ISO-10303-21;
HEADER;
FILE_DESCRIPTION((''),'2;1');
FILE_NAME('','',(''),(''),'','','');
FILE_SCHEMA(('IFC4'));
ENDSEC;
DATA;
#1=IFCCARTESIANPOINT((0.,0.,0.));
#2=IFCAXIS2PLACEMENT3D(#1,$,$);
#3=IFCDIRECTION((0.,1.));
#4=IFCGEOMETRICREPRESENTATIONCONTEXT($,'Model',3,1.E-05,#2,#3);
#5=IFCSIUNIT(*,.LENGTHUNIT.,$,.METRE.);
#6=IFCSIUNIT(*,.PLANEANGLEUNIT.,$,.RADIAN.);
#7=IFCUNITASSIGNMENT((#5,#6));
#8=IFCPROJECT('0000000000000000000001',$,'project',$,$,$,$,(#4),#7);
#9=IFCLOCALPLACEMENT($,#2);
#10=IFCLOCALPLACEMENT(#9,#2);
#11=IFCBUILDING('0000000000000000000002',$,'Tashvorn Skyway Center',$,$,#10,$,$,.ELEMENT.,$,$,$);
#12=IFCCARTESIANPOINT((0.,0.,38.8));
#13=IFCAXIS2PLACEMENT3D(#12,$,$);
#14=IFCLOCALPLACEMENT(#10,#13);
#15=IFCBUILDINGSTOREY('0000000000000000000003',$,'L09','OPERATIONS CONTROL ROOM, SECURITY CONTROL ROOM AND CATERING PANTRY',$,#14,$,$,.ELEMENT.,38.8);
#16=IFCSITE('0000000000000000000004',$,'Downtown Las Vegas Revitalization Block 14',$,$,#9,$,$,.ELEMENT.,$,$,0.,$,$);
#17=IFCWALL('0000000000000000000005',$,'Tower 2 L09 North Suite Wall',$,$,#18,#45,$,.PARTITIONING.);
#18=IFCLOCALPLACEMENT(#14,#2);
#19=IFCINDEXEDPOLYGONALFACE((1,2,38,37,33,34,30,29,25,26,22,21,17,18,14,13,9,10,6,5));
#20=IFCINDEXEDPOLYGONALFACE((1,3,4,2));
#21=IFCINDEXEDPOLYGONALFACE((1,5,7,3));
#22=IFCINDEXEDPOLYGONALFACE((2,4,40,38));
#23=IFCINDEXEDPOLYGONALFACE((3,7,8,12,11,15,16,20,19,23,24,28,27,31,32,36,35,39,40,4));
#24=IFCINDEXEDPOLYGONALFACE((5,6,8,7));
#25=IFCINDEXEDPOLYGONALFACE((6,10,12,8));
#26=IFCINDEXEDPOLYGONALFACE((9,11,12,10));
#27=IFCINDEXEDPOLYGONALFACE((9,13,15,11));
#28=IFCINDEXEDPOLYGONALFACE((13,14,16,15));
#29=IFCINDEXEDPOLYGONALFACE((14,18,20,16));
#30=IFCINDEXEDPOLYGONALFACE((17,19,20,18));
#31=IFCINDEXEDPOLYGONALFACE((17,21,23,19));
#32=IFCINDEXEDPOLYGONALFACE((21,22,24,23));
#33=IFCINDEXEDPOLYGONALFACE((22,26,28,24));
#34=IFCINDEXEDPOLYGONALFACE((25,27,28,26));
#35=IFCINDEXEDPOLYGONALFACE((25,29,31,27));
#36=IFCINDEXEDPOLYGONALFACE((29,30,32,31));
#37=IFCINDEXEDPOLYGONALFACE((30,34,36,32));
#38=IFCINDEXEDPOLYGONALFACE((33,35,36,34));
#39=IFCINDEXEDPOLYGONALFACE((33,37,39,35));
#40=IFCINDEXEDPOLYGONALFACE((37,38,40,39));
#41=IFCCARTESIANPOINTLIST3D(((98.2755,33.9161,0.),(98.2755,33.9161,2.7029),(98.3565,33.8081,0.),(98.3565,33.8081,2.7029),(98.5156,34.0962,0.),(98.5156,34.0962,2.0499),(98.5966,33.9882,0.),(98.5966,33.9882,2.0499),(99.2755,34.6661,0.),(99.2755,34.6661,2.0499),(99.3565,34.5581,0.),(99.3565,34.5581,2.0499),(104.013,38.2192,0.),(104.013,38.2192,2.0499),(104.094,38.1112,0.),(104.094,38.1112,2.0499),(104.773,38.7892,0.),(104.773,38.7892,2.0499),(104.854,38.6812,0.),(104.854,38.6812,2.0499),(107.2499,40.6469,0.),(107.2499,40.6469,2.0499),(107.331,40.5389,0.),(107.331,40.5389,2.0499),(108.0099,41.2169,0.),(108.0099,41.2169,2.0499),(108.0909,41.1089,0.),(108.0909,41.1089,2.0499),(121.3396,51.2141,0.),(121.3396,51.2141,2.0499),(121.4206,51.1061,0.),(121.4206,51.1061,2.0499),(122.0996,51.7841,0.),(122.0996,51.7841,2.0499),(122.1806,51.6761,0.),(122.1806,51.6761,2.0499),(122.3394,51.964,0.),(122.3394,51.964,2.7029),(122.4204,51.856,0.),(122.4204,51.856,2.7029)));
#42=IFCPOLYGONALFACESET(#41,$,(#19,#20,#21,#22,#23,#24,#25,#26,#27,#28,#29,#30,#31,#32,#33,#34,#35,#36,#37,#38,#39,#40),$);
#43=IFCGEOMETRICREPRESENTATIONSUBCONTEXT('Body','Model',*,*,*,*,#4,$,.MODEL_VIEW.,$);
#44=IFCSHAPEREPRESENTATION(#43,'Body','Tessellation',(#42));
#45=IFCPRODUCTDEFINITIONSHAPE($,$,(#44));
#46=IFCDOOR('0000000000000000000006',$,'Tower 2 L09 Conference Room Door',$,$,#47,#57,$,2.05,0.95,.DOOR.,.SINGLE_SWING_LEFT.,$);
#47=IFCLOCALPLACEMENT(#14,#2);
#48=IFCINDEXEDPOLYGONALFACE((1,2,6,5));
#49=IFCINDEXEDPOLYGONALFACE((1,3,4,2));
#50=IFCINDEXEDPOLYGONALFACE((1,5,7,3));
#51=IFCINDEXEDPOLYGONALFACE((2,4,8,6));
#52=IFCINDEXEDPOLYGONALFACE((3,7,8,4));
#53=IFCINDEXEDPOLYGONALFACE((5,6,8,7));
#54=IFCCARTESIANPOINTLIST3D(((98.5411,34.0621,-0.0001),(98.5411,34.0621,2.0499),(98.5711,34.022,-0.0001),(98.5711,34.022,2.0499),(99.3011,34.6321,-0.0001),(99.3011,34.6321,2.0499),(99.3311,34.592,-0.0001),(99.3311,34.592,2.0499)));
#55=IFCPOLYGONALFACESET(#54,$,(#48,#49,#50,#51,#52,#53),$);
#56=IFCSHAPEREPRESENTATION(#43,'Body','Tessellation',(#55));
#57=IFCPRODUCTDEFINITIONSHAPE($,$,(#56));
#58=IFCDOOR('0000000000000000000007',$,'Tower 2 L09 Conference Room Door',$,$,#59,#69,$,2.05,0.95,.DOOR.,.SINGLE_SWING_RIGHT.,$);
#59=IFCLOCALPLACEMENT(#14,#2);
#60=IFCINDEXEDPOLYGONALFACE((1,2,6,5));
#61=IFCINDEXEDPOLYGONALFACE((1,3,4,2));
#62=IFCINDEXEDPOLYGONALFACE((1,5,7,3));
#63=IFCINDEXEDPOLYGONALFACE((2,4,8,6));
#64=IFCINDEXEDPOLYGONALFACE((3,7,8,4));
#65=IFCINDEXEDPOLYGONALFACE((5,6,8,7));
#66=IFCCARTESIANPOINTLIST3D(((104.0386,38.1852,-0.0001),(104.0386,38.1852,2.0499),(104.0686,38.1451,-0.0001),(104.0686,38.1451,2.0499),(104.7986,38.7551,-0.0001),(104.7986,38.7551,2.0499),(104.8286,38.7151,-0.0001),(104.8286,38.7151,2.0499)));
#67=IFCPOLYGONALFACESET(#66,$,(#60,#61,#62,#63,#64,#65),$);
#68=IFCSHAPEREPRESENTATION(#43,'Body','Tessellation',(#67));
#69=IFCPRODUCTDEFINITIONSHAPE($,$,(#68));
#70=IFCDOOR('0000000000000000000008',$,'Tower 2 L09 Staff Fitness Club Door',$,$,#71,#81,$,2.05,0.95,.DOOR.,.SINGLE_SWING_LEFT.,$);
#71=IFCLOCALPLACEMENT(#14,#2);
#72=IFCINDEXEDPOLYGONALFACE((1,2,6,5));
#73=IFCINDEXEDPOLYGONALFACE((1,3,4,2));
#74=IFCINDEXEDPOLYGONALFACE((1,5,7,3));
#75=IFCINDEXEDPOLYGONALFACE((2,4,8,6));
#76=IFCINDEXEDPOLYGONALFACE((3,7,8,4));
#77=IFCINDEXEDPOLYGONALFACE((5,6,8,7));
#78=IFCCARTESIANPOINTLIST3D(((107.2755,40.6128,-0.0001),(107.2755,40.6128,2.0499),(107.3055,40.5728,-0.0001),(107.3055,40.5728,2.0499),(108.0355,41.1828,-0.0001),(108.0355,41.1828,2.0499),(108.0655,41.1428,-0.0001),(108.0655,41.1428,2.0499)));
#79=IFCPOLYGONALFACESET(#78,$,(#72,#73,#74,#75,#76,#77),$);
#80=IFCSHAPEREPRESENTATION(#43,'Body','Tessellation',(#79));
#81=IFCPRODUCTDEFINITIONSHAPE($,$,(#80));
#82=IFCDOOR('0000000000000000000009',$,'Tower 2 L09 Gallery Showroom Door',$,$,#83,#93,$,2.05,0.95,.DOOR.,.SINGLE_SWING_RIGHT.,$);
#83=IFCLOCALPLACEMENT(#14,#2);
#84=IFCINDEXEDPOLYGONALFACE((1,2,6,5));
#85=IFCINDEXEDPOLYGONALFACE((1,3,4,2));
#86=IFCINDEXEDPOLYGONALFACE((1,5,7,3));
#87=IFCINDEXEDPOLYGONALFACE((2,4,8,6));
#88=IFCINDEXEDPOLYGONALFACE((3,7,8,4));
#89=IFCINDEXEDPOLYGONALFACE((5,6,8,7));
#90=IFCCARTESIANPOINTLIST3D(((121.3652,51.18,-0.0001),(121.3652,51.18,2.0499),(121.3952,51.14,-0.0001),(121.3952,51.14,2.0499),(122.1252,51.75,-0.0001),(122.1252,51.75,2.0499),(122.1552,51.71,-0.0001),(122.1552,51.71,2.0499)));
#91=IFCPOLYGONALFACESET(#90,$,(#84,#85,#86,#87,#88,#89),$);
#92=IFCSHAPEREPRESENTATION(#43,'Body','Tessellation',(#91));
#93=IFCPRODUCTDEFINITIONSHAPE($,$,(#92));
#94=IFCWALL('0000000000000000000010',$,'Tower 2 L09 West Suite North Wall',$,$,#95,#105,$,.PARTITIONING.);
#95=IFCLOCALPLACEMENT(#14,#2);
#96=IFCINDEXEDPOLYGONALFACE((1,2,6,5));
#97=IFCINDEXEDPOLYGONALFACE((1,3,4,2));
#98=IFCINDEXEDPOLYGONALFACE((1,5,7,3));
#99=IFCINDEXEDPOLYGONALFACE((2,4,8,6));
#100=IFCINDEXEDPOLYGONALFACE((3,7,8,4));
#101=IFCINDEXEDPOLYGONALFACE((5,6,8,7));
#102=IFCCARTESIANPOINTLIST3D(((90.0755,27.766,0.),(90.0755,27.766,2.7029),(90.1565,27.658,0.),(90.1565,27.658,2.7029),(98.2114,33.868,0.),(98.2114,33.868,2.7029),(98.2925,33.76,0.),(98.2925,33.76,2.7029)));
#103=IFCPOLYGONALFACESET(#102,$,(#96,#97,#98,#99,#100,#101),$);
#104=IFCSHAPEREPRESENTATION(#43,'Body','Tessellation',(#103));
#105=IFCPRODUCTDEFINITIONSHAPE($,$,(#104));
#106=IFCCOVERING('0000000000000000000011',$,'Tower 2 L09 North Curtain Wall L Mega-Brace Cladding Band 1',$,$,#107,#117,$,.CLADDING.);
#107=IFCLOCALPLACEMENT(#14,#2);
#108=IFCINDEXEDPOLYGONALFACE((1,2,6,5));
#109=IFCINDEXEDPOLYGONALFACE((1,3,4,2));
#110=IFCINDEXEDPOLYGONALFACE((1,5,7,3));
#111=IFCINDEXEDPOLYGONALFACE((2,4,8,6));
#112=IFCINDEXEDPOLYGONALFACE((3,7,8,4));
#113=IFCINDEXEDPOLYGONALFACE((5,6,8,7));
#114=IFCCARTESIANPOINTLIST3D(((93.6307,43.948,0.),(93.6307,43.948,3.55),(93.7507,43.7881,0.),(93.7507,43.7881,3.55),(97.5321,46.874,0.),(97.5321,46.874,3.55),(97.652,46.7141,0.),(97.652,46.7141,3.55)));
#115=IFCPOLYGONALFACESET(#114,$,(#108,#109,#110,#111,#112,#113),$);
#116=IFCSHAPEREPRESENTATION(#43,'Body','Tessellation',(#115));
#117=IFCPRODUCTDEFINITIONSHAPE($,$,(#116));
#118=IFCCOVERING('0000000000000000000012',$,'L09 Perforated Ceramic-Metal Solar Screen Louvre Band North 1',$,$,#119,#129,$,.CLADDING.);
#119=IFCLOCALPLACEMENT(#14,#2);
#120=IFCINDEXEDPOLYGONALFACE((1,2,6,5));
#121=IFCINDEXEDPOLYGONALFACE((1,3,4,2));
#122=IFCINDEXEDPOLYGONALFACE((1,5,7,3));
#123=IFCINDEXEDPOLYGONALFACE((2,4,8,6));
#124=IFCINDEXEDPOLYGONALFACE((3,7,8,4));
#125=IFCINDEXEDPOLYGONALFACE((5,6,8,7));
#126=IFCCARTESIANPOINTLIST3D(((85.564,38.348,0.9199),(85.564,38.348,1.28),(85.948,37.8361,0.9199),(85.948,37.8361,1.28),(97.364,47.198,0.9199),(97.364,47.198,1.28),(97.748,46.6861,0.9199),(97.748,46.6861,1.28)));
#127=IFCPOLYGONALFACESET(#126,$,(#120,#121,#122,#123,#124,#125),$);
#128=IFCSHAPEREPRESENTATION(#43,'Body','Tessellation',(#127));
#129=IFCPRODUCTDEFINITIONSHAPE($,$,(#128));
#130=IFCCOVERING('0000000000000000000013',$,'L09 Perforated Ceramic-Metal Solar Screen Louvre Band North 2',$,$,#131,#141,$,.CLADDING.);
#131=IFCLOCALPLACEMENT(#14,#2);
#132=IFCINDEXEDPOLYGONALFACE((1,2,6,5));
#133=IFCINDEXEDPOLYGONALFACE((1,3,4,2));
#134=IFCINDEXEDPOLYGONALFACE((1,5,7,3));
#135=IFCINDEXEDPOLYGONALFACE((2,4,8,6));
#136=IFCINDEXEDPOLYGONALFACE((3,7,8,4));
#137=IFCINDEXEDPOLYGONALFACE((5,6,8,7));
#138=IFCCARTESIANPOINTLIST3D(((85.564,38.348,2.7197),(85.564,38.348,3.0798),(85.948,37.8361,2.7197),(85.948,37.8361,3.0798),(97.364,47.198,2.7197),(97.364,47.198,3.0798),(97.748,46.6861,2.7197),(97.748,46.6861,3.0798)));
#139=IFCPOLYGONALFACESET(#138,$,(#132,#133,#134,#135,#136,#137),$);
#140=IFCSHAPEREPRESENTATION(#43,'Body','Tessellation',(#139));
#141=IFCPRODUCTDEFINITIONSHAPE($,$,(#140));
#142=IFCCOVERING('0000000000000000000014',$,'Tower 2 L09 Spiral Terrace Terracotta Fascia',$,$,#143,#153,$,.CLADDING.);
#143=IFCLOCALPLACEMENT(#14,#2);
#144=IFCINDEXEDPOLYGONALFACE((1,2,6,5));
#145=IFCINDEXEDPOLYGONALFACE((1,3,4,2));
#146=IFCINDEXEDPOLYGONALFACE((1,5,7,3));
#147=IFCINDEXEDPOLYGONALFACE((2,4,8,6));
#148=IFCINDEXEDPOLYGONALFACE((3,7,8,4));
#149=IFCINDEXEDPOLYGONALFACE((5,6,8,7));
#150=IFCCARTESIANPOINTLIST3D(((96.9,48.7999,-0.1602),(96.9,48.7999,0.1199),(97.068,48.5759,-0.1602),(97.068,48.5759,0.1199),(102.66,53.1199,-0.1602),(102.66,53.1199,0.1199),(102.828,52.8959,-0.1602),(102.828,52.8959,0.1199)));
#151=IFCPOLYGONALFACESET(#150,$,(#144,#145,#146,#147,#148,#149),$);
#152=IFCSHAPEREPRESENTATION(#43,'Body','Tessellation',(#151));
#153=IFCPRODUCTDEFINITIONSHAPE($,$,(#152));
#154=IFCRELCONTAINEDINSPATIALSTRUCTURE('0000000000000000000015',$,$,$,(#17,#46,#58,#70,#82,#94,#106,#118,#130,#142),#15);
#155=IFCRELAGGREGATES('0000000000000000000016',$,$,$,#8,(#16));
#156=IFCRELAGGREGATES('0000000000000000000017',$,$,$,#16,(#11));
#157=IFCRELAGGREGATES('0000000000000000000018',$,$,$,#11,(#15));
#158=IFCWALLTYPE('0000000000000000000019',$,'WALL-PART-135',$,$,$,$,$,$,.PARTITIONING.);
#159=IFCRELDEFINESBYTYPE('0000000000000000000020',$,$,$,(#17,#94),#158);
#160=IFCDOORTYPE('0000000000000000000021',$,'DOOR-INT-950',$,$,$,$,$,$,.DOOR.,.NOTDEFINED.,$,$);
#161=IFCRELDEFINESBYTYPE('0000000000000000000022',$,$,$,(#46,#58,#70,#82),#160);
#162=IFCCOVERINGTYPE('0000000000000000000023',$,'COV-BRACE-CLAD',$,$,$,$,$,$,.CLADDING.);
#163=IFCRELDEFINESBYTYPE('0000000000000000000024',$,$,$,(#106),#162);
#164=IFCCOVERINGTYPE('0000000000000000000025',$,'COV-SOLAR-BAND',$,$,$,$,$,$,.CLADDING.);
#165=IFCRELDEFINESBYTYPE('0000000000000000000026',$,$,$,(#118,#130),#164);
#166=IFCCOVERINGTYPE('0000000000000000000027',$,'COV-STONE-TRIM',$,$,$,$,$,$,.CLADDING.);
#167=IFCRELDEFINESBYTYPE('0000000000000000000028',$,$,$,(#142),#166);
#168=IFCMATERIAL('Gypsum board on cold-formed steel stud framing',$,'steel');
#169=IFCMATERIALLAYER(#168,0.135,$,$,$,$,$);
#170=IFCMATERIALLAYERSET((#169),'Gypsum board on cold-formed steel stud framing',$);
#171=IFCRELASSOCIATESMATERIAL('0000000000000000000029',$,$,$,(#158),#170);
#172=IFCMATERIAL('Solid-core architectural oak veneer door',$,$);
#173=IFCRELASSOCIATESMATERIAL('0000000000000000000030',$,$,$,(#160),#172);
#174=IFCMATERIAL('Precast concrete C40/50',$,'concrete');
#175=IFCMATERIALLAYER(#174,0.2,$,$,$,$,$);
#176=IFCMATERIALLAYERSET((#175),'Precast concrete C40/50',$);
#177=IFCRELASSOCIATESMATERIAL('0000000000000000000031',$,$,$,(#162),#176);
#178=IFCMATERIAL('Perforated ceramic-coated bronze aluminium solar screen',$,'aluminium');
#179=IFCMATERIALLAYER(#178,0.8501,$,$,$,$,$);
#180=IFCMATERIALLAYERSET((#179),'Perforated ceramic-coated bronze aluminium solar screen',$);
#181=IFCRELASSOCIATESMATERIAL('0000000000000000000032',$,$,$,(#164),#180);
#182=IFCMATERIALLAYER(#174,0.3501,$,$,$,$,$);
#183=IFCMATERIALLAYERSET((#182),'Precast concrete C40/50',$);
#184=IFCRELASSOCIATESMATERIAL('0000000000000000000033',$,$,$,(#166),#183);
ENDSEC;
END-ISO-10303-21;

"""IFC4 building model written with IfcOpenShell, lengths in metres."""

from ifc_helpers import new_model, si_unit, direction, frame, frame_2d, origin, origin_2d, place, context, subcontext, project, spatial, rectangle, extrude, material, layer, layer_set, type_object, element, fill, save


model = new_model("IFC4")

# Units and contexts
model_context = context("Model", 3, precision=1e-05, world=origin(), true_north=direction((0.0, 1.0)))
body_context = subcontext(model_context, "Body", "Model", "MODEL_VIEW")
ifc_project = project(units=[si_unit("LENGTHUNIT", "METRE"), si_unit("PLANEANGLEUNIT", "RADIAN")], contexts=[model_context])

# Site, building, storey
site_placement = place(None, origin())
site = spatial("IfcSite", under=ifc_project, at=site_placement, Name="Downtown Las Vegas Revitalization Block 14", CompositionType="ELEMENT", RefElevation=0.0)
building_placement = place(site_placement, origin())
building = spatial("IfcBuilding", under=site, at=building_placement, Name="Tashvorn Skyway Center", CompositionType="ELEMENT")
storey_placement = place(building_placement, frame((0.0, 0.0, 38.8)))
storey = spatial("IfcBuildingStorey", under=building, at=storey_placement, Name="L09", Description="OPERATIONS CONTROL ROOM, SECURITY CONTROL ROOM AND CATERING PANTRY", CompositionType="ELEMENT", Elevation=38.8)

# Shared definitions
ifc_material_1 = material(Name="Precast concrete C40/50", Category="concrete")

# Wall, openings, doors
ifc_material_2 = material(Name="Gypsum board on cold-formed steel stud framing", Category="steel")
ifc_layer_1 = layer(ifc_material_2, 0.135)
ifc_layer_set_1 = layer_set([ifc_layer_1], Name="Gypsum board on cold-formed steel stud framing")
wall_type_1 = type_object("IfcWallType", Name="WALL-PART-135", PredefinedType="PARTITIONING", material=ifc_layer_set_1)
wall_1_placement = place(storey_placement, frame((98.3159, 33.8621, 0.0), z_axis=(0.0, 0.0, 1.0), x_axis=(0.800002, 0.599997, 0.0)))
wall_1 = element("IfcWall", 1, at=wall_1_placement, inside=storey, type_object=wall_type_1, Name="Tower 2 L09 North Suite Wall", PredefinedType="PARTITIONING", context=body_context, shape_type="SweptSolid", body=[
    extrude(rectangle(XDim=30.0798, YDim=0.135, at=frame_2d((15.04, 0.0))), origin(), (0.0, 0.0, 1.0), 2.7029),
])
opening_1_placement = place(wall_1_placement, frame((0.3, 0.0, 0.0)))
opening_1 = element("IfcOpeningElement", 2, at=opening_1_placement, cuts=wall_1, PredefinedType="OPENING", context=body_context, shape_type="SweptSolid", body=[
    extrude(rectangle(XDim=0.95, YDim=2.05, at=frame_2d((0.4751, 1.0249))), frame((0.0, 0.0774, 0.0), z_axis=(0.0, -1.0, 0.0), x_axis=(1.0, 0.0, 0.0)), (0.0, 0.0, 1.0), 0.155),
])
opening_2_placement = place(wall_1_placement, frame((7.1719, 0.0, 0.0)))
opening_2 = element("IfcOpeningElement", 3, at=opening_2_placement, cuts=wall_1, PredefinedType="OPENING", context=body_context, shape_type="SweptSolid", body=[
    extrude(rectangle(XDim=0.95, YDim=2.05, at=frame_2d((0.4751, 1.0249))), frame((0.0, 0.0774, 0.0), z_axis=(0.0, -1.0, 0.0), x_axis=(1.0, 0.0, 0.0)), (0.0, 0.0, 1.0), 0.155),
])
opening_3_placement = place(wall_1_placement, frame((11.218, 0.0, 0.0)))
opening_3 = element("IfcOpeningElement", 4, at=opening_3_placement, cuts=wall_1, PredefinedType="OPENING", context=body_context, shape_type="SweptSolid", body=[
    extrude(rectangle(XDim=0.95, YDim=2.05, at=frame_2d((0.4751, 1.0249))), frame((0.0, 0.0774, 0.0), z_axis=(0.0, -1.0, 0.0), x_axis=(1.0, 0.0, 0.0)), (0.0, 0.0, 1.0), 0.155),
])
opening_4_placement = place(wall_1_placement, frame((28.8301, 0.0, 0.0)))
opening_4 = element("IfcOpeningElement", 5, at=opening_4_placement, cuts=wall_1, PredefinedType="OPENING", context=body_context, shape_type="SweptSolid", body=[
    extrude(rectangle(XDim=0.95, YDim=2.05, at=frame_2d((0.4751, 1.0249))), frame((0.0, 0.0774, 0.0), z_axis=(0.0, -1.0, 0.0), x_axis=(1.0, 0.0, 0.0)), (0.0, 0.0, 1.0), 0.155),
])
ifc_material_3 = material(Name="Solid-core architectural oak veneer door")
door_type_1 = type_object("IfcDoorType", Name="DOOR-INT-950", OperationType="NOTDEFINED", PredefinedType="DOOR", material=ifc_material_3)
door_1_placement = place(opening_1_placement, origin())
door_1 = element("IfcDoor", 6, at=door_1_placement, inside=storey, type_object=door_type_1, Name="Tower 2 L09 Conference Room Door", OperationType="SINGLE_SWING_LEFT", OverallHeight=2.05, OverallWidth=0.95, PredefinedType="DOOR", context=body_context, shape_type="SweptSolid", body=[
    extrude(rectangle(XDim=0.95, YDim=2.05, at=frame_2d((0.4751, 1.0249))), frame((0.0, 0.0249, 0.0), z_axis=(0.0, -1.0, 0.0), x_axis=(1.0, 0.0, 0.0)), (0.0, 0.0, 1.0), 0.05),
])
fill(opening_1, door_1)
door_2_placement = place(opening_2_placement, origin())
door_2 = element("IfcDoor", 7, at=door_2_placement, inside=storey, type_object=door_type_1, Name="Tower 2 L09 Conference Room Door", OperationType="SINGLE_SWING_RIGHT", OverallHeight=2.05, OverallWidth=0.95, PredefinedType="DOOR", context=body_context, shape_type="SweptSolid", body=[
    extrude(rectangle(XDim=0.95, YDim=2.05, at=frame_2d((0.4751, 1.0249))), frame((0.0, 0.0249, 0.0), z_axis=(0.0, -1.0, 0.0), x_axis=(1.0, 0.0, 0.0)), (0.0, 0.0, 1.0), 0.05),
])
fill(opening_2, door_2)
door_3_placement = place(opening_3_placement, origin())
door_3 = element("IfcDoor", 8, at=door_3_placement, inside=storey, type_object=door_type_1, Name="Tower 2 L09 Staff Fitness Club Door", OperationType="SINGLE_SWING_LEFT", OverallHeight=2.05, OverallWidth=0.95, PredefinedType="DOOR", context=body_context, shape_type="SweptSolid", body=[
    extrude(rectangle(XDim=0.95, YDim=2.05, at=frame_2d((0.4751, 1.0249))), frame((0.0, 0.0249, 0.0), z_axis=(0.0, -1.0, 0.0), x_axis=(1.0, 0.0, 0.0)), (0.0, 0.0, 1.0), 0.05),
])
fill(opening_3, door_3)
door_4_placement = place(opening_4_placement, origin())
door_4 = element("IfcDoor", 9, at=door_4_placement, inside=storey, type_object=door_type_1, Name="Tower 2 L09 Gallery Showroom Door", OperationType="SINGLE_SWING_RIGHT", OverallHeight=2.05, OverallWidth=0.95, PredefinedType="DOOR", context=body_context, shape_type="SweptSolid", body=[
    extrude(rectangle(XDim=0.95, YDim=2.05, at=frame_2d((0.4751, 1.0249))), frame((0.0, 0.0249, 0.0), z_axis=(0.0, -1.0, 0.0), x_axis=(1.0, 0.0, 0.0)), (0.0, 0.0, 1.0), 0.05),
])
fill(opening_4, door_4)

# Wall
wall_2_placement = place(storey_placement, frame((98.252, 33.814, 0.0), z_axis=(0.0, 0.0, 1.0), x_axis=(-0.799997, -0.600004, 0.0)))
element("IfcWall", 10, at=wall_2_placement, inside=storey, type_object=wall_type_1, Name="Tower 2 L09 West Suite North Wall", PredefinedType="PARTITIONING", context=body_context, shape_type="SweptSolid", body=[
    extrude(rectangle(XDim=10.1699, YDim=0.135, at=frame_2d((5.085, 0.0))), origin(), (0.0, 0.0, 1.0), 2.7029),
])

# Coverings
ifc_layer_2 = layer(ifc_material_1, 0.2)
ifc_layer_set_2 = layer_set([ifc_layer_2], Name="Precast concrete C40/50")
covering_type_1 = type_object("IfcCoveringType", Name="COV-BRACE-CLAD", PredefinedType="CLADDING", material=ifc_layer_set_2)
covering_1_placement = place(storey_placement, frame((95.6414, 45.3311, 0.0), z_axis=(0.0, 0.0, 1.0), x_axis=(0.8, 0.6, 0.0)))
element("IfcCovering", 11, at=covering_1_placement, inside=storey, type_object=covering_type_1, Name="Tower 2 L09 North Curtain Wall L Mega-Brace Cladding Band 1", PredefinedType="CLADDING", context=body_context, shape_type="SweptSolid", body=[
    extrude(rectangle(XDim=4.8767, YDim=0.2, at=origin_2d()), origin(), (0.0, 0.0, 1.0), 3.55),
])
ifc_material_4 = material(Name="Perforated ceramic-coated bronze aluminium solar screen", Category="aluminium")
ifc_layer_3 = layer(ifc_material_4, 0.8501)
ifc_layer_set_3 = layer_set([ifc_layer_3], Name="Perforated ceramic-coated bronze aluminium solar screen")
covering_type_2 = type_object("IfcCoveringType", Name="COV-SOLAR-BAND", PredefinedType="CLADDING", material=ifc_layer_set_3)
for number, where, z_axis, x_axis, name in (
    (12, (91.656, 42.5171, 0.9199), (0.0, 0.0, 1.0), (0.8, 0.6, 0.0), "L09 Perforated Ceramic-Metal Solar Screen Louvre Band North 1"),
    (13, (91.656, 42.5171, 2.7197), (0.0, 0.0, 1.0), (0.8, 0.6, 0.0), "L09 Perforated Ceramic-Metal Solar Screen Louvre Band North 2"),
):
    element("IfcCovering", number, at=place(storey_placement, frame(where, z_axis=z_axis, x_axis=x_axis)), inside=storey, type_object=covering_type_2, Name=name, PredefinedType="CLADDING", context=body_context, shape_type="SweptSolid", body=[
        extrude(rectangle(XDim=14.75, YDim=0.6399, at=origin_2d()), origin(), (0.0, 0.0, 1.0), 0.3601),
    ])
ifc_layer_4 = layer(ifc_material_1, 0.3501)
ifc_layer_set_4 = layer_set([ifc_layer_4], Name="Precast concrete C40/50")
covering_type_3 = type_object("IfcCoveringType", Name="COV-STONE-TRIM", PredefinedType="CLADDING", material=ifc_layer_set_4)
covering_2_placement = place(storey_placement, frame((99.864, 50.8479, -0.1602), z_axis=(0.0, 0.0, 1.0), x_axis=(0.8, 0.6, 0.0)))
element("IfcCovering", 14, at=covering_2_placement, inside=storey, type_object=covering_type_3, Name="Tower 2 L09 Spiral Terrace Terracotta Fascia", PredefinedType="CLADDING", context=body_context, shape_type="SweptSolid", body=[
    extrude(rectangle(XDim=7.2, YDim=0.28, at=origin_2d()), origin(), (0.0, 0.0, 1.0), 0.28),
])

save(model, "model.ifc")
